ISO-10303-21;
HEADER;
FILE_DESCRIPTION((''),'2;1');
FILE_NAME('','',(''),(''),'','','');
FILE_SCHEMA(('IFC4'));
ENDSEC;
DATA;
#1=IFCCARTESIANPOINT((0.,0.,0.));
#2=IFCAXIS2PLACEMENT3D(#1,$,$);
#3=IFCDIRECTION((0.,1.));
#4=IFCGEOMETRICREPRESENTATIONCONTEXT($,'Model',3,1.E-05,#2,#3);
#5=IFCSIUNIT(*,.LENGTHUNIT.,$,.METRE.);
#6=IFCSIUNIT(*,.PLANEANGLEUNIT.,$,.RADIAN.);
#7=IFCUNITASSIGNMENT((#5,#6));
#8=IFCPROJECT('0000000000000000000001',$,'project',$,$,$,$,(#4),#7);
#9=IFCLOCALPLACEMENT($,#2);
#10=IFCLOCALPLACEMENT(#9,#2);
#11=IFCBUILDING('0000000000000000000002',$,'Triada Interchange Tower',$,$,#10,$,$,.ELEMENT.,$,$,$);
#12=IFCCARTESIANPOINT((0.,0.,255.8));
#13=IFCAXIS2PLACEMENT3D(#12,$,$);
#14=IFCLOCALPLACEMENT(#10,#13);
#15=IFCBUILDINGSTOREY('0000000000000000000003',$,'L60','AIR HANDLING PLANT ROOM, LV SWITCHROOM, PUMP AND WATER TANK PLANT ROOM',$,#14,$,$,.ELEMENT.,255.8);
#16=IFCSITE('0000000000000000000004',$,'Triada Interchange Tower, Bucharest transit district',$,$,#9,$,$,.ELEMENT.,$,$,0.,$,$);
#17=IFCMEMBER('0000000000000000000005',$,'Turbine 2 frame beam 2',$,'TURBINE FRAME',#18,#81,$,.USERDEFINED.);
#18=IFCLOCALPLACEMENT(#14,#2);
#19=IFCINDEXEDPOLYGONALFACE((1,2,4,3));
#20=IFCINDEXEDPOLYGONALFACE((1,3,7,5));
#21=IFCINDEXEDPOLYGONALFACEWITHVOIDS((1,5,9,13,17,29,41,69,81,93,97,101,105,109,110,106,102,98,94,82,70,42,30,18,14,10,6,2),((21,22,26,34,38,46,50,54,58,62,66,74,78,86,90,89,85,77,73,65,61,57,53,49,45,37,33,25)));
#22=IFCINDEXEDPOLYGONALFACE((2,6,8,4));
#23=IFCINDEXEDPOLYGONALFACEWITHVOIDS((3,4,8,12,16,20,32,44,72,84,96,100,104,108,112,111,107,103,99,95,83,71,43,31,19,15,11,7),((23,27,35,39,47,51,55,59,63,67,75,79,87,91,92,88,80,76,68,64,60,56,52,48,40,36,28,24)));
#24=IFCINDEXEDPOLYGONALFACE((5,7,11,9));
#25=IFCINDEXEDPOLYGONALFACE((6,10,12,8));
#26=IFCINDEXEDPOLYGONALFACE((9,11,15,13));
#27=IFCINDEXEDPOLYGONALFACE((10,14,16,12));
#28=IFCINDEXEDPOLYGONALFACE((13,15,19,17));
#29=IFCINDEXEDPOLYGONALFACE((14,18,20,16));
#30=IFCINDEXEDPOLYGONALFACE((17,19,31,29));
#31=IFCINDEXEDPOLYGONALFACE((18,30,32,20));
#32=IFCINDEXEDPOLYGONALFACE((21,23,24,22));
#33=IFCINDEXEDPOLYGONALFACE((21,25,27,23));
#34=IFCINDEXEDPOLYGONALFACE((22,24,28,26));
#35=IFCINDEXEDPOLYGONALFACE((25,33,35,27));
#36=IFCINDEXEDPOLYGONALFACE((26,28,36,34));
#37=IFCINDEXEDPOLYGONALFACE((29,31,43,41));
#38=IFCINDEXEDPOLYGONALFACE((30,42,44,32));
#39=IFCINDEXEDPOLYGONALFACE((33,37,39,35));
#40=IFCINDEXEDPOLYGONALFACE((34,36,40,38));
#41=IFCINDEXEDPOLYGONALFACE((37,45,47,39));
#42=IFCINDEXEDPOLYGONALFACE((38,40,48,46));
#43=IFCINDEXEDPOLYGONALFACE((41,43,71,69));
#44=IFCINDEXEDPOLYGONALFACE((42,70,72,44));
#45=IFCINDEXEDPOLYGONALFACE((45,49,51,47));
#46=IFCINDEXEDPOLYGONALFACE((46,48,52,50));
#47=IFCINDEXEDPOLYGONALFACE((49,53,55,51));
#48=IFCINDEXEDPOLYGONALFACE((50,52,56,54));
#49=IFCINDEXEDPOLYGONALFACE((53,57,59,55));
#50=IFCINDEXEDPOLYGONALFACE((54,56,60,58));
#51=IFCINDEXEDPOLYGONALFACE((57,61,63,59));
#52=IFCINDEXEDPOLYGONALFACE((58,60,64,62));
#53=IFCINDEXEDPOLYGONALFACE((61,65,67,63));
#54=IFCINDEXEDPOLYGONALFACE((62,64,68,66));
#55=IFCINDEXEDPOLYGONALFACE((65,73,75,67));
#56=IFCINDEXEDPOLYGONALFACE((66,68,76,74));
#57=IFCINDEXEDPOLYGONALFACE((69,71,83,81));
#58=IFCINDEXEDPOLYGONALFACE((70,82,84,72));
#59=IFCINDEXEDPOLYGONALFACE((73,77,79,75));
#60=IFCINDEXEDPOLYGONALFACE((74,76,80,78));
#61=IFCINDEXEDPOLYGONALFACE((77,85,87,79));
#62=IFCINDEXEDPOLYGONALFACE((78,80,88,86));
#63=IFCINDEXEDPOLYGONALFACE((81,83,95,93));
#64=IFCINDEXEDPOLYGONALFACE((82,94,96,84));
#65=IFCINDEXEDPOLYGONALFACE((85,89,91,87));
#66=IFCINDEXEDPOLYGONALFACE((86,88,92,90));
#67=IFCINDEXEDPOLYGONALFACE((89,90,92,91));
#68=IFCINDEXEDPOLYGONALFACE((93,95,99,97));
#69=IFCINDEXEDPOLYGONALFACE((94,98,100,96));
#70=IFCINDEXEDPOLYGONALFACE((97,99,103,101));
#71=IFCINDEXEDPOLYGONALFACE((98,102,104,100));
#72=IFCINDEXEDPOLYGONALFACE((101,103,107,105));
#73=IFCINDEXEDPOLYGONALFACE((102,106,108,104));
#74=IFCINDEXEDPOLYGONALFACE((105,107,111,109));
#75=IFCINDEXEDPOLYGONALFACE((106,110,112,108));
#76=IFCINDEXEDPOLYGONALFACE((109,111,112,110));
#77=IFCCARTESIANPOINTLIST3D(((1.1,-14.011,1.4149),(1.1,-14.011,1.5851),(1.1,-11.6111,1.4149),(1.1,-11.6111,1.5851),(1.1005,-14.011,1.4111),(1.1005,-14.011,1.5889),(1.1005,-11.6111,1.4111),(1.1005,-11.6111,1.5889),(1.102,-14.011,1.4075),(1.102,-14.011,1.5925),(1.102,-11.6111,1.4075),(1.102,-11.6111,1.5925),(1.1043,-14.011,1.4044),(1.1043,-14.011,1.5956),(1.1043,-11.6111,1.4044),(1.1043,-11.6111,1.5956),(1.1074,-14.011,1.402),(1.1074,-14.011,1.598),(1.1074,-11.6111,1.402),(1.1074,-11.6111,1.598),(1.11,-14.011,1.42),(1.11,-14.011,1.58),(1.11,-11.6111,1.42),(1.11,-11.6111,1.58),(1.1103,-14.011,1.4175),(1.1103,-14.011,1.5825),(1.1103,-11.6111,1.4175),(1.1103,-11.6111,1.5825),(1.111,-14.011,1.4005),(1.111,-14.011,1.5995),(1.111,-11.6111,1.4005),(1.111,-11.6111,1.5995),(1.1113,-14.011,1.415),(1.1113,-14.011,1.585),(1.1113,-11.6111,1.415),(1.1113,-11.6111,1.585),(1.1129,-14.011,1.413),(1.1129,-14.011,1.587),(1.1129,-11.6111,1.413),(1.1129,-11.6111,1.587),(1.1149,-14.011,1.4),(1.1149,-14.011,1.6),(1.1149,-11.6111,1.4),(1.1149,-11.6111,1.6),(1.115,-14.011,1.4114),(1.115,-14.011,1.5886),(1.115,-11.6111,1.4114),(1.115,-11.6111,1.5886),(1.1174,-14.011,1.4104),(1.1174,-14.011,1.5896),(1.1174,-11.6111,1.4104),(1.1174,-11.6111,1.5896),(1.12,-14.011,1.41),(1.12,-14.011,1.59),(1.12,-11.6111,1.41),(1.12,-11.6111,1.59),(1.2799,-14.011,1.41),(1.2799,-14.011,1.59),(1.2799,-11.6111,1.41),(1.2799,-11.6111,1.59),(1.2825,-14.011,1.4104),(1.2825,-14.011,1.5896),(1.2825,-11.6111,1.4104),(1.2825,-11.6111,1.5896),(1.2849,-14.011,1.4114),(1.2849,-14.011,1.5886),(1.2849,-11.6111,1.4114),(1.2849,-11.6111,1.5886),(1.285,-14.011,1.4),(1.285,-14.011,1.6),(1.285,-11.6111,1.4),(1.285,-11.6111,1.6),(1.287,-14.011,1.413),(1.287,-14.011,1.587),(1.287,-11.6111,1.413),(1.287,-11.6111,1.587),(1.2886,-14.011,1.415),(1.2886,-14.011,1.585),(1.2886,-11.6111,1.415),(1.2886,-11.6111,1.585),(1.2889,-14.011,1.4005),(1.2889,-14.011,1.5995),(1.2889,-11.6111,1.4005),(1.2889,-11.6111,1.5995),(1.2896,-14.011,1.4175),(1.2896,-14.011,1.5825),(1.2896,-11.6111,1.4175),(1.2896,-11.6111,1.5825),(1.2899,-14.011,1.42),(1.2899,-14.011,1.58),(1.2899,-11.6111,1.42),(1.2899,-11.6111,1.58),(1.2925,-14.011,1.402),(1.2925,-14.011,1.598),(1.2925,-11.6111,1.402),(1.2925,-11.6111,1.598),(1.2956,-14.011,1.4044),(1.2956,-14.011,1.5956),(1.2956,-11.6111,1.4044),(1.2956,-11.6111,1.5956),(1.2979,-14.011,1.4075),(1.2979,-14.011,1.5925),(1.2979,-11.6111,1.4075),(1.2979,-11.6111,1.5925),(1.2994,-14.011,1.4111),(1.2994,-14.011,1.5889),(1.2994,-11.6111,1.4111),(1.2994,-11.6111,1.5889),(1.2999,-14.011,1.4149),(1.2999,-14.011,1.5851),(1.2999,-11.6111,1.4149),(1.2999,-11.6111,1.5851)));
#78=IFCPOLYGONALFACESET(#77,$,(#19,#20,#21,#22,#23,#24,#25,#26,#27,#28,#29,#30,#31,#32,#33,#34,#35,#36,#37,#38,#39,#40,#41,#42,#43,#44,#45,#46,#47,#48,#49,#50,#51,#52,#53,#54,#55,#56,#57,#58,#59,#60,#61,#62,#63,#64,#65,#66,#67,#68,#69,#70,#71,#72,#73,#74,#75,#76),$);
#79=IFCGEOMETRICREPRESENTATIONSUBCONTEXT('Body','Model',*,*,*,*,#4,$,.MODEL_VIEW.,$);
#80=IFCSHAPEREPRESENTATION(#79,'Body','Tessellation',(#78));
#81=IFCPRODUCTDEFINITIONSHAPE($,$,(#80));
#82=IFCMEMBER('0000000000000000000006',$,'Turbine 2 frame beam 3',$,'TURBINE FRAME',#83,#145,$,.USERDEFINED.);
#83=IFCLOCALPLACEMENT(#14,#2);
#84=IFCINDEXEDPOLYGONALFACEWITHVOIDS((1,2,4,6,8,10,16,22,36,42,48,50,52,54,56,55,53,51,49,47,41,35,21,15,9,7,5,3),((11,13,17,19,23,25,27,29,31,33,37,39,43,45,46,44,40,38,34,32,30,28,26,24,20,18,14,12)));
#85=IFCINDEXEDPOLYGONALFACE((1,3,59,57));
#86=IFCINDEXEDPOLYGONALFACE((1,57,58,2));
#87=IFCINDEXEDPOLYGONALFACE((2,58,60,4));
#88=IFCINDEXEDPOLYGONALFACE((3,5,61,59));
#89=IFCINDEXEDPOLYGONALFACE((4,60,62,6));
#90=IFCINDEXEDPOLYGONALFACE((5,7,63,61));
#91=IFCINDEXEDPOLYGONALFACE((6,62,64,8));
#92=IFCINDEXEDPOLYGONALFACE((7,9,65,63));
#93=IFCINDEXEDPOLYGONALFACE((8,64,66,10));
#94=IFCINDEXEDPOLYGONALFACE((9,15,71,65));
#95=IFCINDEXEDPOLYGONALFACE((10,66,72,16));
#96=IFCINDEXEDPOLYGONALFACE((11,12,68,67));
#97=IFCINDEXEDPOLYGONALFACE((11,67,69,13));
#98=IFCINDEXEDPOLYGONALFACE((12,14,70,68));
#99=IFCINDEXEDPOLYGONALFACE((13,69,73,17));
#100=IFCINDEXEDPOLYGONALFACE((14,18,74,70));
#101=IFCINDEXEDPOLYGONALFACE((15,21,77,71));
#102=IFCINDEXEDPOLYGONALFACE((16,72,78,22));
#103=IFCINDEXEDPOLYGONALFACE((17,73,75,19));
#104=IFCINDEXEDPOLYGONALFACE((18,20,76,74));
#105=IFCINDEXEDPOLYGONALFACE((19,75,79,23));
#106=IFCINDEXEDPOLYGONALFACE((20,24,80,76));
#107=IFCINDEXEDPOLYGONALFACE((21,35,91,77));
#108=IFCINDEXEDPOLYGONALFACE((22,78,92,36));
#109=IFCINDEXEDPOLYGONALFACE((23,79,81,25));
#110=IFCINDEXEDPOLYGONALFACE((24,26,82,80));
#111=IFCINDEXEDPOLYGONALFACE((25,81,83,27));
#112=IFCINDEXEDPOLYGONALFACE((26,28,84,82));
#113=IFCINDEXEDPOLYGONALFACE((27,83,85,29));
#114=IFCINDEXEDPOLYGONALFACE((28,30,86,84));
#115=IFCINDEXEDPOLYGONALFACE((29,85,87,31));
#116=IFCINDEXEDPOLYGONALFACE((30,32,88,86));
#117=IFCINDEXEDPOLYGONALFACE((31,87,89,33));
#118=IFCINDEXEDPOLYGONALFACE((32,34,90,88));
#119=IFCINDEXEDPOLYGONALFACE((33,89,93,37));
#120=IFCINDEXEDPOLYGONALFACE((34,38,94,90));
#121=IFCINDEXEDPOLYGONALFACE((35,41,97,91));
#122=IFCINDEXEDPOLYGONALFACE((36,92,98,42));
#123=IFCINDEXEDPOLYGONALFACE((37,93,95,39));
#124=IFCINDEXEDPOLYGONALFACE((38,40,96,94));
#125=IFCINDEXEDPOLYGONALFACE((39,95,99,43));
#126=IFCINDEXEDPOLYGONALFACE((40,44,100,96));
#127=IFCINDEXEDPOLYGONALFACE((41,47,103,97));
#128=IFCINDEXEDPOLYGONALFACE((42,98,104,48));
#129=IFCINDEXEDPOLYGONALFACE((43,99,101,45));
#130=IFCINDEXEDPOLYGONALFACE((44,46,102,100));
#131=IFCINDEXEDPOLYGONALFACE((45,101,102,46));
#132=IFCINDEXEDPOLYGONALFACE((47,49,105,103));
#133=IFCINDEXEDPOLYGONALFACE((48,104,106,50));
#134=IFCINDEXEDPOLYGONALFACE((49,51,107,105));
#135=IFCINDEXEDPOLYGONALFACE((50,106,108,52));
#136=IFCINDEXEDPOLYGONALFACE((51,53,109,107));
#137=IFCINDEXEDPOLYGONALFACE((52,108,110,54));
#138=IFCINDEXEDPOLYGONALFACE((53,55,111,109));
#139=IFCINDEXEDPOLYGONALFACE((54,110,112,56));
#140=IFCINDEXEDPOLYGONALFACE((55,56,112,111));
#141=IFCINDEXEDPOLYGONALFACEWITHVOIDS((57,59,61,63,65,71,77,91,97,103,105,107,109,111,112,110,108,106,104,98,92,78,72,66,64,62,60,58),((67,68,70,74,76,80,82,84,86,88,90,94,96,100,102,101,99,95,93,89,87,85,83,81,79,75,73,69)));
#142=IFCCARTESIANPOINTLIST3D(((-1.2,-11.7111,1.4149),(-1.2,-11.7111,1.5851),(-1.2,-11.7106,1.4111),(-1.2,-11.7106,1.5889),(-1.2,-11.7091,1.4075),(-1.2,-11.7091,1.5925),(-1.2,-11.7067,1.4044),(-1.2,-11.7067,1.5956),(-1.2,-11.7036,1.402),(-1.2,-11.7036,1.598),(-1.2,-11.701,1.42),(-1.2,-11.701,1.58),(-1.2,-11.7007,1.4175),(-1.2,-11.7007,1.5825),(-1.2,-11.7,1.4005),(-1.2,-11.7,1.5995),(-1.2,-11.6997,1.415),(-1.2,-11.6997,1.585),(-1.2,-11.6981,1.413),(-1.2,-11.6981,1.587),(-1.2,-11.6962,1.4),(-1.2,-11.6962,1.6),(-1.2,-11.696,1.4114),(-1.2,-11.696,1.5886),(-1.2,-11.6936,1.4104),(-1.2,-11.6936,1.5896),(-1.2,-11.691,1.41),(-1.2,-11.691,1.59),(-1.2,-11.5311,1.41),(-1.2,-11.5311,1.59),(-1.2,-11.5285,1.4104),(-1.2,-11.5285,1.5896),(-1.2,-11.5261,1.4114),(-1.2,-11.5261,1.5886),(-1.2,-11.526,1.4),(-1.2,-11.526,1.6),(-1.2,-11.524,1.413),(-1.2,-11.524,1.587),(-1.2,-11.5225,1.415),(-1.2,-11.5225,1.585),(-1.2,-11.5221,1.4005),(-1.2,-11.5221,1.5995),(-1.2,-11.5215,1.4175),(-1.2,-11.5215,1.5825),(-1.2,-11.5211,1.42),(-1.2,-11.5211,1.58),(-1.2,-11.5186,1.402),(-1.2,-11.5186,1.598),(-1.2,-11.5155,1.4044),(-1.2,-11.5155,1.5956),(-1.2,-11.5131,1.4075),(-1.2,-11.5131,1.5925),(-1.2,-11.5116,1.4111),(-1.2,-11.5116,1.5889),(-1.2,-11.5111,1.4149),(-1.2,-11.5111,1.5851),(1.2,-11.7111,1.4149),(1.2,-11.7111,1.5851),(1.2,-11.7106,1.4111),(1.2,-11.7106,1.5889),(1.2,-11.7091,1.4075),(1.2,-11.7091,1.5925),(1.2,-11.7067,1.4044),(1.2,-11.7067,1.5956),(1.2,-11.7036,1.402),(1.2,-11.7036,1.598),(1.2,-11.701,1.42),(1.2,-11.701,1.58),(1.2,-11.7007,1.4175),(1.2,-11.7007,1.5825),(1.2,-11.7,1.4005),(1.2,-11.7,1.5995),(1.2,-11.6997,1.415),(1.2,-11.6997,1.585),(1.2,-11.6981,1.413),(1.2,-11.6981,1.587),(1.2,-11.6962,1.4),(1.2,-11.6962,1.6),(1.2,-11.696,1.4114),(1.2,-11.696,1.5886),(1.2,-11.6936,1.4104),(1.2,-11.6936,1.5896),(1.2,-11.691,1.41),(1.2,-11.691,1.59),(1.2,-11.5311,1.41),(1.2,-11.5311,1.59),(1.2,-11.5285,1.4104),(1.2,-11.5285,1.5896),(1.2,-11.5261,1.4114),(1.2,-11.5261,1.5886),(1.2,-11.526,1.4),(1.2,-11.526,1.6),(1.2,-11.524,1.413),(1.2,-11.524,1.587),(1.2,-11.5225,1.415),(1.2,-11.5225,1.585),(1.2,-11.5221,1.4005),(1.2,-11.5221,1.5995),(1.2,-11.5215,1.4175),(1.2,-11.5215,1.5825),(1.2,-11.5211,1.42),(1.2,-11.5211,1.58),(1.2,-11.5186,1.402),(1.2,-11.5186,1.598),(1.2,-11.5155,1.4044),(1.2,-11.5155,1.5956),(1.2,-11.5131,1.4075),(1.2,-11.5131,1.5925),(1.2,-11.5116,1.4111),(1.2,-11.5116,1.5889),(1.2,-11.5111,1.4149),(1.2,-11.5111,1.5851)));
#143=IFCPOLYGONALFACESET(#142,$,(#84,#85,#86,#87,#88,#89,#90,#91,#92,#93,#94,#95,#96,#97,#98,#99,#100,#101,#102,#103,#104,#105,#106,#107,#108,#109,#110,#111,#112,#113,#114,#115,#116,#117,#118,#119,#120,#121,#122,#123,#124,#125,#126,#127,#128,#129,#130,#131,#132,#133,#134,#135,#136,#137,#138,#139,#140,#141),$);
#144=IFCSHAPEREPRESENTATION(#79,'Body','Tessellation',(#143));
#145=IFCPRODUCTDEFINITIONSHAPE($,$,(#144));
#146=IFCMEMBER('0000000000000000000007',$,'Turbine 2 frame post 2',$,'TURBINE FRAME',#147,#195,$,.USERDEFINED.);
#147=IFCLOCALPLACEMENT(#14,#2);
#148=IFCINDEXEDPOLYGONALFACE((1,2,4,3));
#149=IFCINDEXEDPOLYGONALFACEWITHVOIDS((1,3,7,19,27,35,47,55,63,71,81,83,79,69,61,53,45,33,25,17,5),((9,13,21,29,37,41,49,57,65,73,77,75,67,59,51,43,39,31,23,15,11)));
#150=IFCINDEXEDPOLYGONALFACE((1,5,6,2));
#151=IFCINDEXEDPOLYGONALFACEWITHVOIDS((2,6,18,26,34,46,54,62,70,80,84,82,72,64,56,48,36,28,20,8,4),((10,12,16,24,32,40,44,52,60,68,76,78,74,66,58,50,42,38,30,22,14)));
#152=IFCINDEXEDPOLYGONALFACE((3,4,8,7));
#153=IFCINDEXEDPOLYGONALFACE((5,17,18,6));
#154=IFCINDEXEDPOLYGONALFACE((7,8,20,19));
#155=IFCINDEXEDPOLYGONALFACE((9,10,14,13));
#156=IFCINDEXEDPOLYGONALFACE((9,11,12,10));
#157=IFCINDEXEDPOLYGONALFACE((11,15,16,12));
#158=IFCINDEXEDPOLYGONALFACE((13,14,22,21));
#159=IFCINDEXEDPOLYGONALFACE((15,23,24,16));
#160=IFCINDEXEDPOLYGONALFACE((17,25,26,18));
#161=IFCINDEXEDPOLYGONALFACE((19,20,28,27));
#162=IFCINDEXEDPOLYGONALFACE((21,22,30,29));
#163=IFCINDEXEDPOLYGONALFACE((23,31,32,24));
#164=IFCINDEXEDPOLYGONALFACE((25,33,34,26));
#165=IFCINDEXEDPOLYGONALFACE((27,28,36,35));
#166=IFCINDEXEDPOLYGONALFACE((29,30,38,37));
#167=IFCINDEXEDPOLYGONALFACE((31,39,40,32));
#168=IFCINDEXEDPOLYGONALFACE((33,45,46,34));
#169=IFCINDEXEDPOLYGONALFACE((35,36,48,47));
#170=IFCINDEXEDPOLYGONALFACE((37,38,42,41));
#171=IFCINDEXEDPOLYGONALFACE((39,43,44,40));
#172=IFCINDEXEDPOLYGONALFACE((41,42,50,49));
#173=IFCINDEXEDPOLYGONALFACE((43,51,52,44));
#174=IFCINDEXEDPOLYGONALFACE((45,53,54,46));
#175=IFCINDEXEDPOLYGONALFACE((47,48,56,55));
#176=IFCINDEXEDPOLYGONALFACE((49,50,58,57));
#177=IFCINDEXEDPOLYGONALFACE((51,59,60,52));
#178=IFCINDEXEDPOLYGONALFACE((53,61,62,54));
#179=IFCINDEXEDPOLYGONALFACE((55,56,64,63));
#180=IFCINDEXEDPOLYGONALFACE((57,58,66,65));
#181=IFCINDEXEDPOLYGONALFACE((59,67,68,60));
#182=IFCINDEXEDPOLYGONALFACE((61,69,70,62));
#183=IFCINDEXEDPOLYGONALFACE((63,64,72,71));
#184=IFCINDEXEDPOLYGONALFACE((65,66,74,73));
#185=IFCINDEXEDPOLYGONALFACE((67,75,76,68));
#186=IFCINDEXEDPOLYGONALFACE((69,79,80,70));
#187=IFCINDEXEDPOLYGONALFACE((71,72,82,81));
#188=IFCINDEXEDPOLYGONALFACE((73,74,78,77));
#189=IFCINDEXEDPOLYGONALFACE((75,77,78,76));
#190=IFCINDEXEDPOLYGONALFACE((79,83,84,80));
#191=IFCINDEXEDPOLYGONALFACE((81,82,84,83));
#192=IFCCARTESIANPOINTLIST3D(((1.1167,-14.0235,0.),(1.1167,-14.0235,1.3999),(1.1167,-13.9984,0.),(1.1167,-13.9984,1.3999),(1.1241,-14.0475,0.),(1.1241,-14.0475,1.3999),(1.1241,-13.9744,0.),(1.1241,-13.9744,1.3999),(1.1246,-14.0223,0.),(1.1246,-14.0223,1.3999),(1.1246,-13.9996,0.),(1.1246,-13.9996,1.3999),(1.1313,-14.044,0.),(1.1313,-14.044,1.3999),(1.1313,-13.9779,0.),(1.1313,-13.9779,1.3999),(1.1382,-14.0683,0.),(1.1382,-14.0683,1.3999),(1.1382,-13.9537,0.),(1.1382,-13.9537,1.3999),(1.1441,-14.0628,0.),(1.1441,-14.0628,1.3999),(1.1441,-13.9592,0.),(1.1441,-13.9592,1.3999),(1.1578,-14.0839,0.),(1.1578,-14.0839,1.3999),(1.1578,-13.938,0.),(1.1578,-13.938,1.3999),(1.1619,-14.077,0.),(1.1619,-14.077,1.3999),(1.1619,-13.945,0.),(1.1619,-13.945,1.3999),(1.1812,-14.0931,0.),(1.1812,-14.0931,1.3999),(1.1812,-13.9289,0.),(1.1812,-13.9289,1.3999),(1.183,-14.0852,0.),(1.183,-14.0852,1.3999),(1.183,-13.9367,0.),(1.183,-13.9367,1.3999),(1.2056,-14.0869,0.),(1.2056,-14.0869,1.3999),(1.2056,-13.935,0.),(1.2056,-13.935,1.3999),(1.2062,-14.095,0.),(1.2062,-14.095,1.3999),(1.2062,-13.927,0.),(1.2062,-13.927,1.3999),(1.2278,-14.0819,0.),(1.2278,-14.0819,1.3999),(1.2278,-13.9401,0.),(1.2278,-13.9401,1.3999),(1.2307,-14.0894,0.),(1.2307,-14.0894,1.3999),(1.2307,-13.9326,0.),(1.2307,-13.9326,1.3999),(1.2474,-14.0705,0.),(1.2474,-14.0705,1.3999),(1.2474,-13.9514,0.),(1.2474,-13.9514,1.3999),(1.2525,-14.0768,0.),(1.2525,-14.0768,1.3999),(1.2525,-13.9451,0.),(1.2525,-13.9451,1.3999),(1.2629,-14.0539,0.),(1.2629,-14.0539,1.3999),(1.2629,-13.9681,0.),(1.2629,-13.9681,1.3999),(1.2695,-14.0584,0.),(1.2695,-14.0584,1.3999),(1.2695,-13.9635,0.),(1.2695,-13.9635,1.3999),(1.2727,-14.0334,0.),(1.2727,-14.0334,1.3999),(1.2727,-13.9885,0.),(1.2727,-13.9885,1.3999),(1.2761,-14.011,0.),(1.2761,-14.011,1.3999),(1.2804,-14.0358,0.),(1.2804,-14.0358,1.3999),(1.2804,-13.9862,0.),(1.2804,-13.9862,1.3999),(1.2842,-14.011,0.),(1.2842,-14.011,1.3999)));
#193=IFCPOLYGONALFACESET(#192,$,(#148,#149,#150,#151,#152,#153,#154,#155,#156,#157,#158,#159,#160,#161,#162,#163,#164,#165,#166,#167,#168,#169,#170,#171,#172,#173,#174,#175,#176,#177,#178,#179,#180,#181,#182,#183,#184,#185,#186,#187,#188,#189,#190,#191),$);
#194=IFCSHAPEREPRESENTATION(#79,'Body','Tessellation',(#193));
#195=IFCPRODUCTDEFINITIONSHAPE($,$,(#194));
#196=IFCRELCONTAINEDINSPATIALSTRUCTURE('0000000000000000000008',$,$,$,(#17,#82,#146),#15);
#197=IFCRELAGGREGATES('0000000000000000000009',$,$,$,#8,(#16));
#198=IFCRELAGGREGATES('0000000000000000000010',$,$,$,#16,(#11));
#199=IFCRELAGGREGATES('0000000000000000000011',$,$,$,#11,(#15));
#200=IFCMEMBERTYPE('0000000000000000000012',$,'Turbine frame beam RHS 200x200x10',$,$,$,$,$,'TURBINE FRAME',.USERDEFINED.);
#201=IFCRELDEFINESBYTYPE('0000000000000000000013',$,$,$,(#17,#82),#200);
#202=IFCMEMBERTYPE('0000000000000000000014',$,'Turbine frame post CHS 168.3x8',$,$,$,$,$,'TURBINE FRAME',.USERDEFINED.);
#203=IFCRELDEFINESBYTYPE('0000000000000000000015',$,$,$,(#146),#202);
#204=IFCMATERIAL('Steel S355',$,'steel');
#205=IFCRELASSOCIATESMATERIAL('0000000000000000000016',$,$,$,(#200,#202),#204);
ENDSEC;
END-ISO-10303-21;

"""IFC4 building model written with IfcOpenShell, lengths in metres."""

from ifc_helpers import new_model, si_unit, direction, frame, origin, origin_2d, place, context, subcontext, project, spatial, hollow_rectangle, hollow_circle, extrude, material, material_profile, profile_set, type_object, element, save


model = new_model("IFC4")

# Units and contexts
model_context = context("Model", 3, precision=1e-05, world=origin(), true_north=direction((0.0, 1.0)))
body_context = subcontext(model_context, "Body", "Model", "MODEL_VIEW")
ifc_project = project(units=[si_unit("LENGTHUNIT", "METRE"), si_unit("PLANEANGLEUNIT", "RADIAN")], contexts=[model_context])

# Site, building, storey
site_placement = place(None, origin())
site = spatial("IfcSite", under=ifc_project, at=site_placement, Name="Triada Interchange Tower, Bucharest transit district", CompositionType="ELEMENT", RefElevation=0.0)
building_placement = place(site_placement, origin())
building = spatial("IfcBuilding", under=site, at=building_placement, Name="Triada Interchange Tower", CompositionType="ELEMENT")
storey_placement = place(building_placement, frame((0.0, 0.0, 255.8)))
storey = spatial("IfcBuildingStorey", under=building, at=storey_placement, Name="L60", Description="AIR HANDLING PLANT ROOM, LV SWITCHROOM, PUMP AND WATER TANK PLANT ROOM", CompositionType="ELEMENT", Elevation=255.8)

# Members
ifc_material_1 = material(Name="Steel S355", Category="steel")
ifc_material_profile_1 = material_profile(ifc_material_1, hollow_rectangle(XDim=0.2, YDim=0.2, WallThickness=0.01, InnerFilletRadius=0.01, OuterFilletRadius=0.0149, at=origin_2d()), Name="RHS 200x200x10")
ifc_profile_set_1 = profile_set([ifc_material_profile_1], Name="Steel S355")
member_type_1 = type_object("IfcMemberType", Name="Turbine frame beam RHS 200x200x10", ElementType="TURBINE FRAME", PredefinedType="USERDEFINED", material=ifc_profile_set_1)
for number, where, z_axis, x_axis, name in (
    (1, (1.2, -14.011, 1.5), (0.0, 1.0, 0.0), (-1.0, 0.0, 0.0), "Turbine 2 frame beam 2"),
    (2, (1.2, -11.6111, 1.5), (-1.0, 0.0, 0.0), (0.0, -1.0, 0.0), "Turbine 2 frame beam 3"),
):
    element("IfcMember", number, at=place(storey_placement, frame(where, z_axis=z_axis, x_axis=x_axis)), inside=storey, type_object=member_type_1, Name=name, ObjectType="TURBINE FRAME", PredefinedType="USERDEFINED", context=body_context, shape_type="SweptSolid", body=[
        extrude(hollow_rectangle(XDim=0.2, YDim=0.2, WallThickness=0.01, InnerFilletRadius=0.01, OuterFilletRadius=0.0149, at=origin_2d()), origin(), (0.0, 0.0, 1.0), 2.3999),
    ])
ifc_material_profile_2 = material_profile(ifc_material_1, hollow_circle(Radius=0.0842, WallThickness=0.0081, at=origin_2d()), Name="CHS 168.3x8")
ifc_profile_set_2 = profile_set([ifc_material_profile_2], Name="Steel S355")
member_type_2 = type_object("IfcMemberType", Name="Turbine frame post CHS 168.3x8", ElementType="TURBINE FRAME", PredefinedType="USERDEFINED", material=ifc_profile_set_2)
for number, where, z_axis, x_axis, name in (
    (3, (1.2, -14.011, 0.0), (0.0, 0.0, 1.0), (1.0, 0.0, 0.0), "Turbine 2 frame post 2"),
):
    element("IfcMember", number, at=place(storey_placement, frame(where, z_axis=z_axis, x_axis=x_axis)), inside=storey, type_object=member_type_2, Name=name, ObjectType="TURBINE FRAME", PredefinedType="USERDEFINED", context=body_context, shape_type="SweptSolid", body=[
        extrude(hollow_circle(Radius=0.0842, WallThickness=0.0081, at=origin_2d()), origin(), (0.0, 0.0, 1.0), 1.3999),
    ])

save(model, "model.ifc")
